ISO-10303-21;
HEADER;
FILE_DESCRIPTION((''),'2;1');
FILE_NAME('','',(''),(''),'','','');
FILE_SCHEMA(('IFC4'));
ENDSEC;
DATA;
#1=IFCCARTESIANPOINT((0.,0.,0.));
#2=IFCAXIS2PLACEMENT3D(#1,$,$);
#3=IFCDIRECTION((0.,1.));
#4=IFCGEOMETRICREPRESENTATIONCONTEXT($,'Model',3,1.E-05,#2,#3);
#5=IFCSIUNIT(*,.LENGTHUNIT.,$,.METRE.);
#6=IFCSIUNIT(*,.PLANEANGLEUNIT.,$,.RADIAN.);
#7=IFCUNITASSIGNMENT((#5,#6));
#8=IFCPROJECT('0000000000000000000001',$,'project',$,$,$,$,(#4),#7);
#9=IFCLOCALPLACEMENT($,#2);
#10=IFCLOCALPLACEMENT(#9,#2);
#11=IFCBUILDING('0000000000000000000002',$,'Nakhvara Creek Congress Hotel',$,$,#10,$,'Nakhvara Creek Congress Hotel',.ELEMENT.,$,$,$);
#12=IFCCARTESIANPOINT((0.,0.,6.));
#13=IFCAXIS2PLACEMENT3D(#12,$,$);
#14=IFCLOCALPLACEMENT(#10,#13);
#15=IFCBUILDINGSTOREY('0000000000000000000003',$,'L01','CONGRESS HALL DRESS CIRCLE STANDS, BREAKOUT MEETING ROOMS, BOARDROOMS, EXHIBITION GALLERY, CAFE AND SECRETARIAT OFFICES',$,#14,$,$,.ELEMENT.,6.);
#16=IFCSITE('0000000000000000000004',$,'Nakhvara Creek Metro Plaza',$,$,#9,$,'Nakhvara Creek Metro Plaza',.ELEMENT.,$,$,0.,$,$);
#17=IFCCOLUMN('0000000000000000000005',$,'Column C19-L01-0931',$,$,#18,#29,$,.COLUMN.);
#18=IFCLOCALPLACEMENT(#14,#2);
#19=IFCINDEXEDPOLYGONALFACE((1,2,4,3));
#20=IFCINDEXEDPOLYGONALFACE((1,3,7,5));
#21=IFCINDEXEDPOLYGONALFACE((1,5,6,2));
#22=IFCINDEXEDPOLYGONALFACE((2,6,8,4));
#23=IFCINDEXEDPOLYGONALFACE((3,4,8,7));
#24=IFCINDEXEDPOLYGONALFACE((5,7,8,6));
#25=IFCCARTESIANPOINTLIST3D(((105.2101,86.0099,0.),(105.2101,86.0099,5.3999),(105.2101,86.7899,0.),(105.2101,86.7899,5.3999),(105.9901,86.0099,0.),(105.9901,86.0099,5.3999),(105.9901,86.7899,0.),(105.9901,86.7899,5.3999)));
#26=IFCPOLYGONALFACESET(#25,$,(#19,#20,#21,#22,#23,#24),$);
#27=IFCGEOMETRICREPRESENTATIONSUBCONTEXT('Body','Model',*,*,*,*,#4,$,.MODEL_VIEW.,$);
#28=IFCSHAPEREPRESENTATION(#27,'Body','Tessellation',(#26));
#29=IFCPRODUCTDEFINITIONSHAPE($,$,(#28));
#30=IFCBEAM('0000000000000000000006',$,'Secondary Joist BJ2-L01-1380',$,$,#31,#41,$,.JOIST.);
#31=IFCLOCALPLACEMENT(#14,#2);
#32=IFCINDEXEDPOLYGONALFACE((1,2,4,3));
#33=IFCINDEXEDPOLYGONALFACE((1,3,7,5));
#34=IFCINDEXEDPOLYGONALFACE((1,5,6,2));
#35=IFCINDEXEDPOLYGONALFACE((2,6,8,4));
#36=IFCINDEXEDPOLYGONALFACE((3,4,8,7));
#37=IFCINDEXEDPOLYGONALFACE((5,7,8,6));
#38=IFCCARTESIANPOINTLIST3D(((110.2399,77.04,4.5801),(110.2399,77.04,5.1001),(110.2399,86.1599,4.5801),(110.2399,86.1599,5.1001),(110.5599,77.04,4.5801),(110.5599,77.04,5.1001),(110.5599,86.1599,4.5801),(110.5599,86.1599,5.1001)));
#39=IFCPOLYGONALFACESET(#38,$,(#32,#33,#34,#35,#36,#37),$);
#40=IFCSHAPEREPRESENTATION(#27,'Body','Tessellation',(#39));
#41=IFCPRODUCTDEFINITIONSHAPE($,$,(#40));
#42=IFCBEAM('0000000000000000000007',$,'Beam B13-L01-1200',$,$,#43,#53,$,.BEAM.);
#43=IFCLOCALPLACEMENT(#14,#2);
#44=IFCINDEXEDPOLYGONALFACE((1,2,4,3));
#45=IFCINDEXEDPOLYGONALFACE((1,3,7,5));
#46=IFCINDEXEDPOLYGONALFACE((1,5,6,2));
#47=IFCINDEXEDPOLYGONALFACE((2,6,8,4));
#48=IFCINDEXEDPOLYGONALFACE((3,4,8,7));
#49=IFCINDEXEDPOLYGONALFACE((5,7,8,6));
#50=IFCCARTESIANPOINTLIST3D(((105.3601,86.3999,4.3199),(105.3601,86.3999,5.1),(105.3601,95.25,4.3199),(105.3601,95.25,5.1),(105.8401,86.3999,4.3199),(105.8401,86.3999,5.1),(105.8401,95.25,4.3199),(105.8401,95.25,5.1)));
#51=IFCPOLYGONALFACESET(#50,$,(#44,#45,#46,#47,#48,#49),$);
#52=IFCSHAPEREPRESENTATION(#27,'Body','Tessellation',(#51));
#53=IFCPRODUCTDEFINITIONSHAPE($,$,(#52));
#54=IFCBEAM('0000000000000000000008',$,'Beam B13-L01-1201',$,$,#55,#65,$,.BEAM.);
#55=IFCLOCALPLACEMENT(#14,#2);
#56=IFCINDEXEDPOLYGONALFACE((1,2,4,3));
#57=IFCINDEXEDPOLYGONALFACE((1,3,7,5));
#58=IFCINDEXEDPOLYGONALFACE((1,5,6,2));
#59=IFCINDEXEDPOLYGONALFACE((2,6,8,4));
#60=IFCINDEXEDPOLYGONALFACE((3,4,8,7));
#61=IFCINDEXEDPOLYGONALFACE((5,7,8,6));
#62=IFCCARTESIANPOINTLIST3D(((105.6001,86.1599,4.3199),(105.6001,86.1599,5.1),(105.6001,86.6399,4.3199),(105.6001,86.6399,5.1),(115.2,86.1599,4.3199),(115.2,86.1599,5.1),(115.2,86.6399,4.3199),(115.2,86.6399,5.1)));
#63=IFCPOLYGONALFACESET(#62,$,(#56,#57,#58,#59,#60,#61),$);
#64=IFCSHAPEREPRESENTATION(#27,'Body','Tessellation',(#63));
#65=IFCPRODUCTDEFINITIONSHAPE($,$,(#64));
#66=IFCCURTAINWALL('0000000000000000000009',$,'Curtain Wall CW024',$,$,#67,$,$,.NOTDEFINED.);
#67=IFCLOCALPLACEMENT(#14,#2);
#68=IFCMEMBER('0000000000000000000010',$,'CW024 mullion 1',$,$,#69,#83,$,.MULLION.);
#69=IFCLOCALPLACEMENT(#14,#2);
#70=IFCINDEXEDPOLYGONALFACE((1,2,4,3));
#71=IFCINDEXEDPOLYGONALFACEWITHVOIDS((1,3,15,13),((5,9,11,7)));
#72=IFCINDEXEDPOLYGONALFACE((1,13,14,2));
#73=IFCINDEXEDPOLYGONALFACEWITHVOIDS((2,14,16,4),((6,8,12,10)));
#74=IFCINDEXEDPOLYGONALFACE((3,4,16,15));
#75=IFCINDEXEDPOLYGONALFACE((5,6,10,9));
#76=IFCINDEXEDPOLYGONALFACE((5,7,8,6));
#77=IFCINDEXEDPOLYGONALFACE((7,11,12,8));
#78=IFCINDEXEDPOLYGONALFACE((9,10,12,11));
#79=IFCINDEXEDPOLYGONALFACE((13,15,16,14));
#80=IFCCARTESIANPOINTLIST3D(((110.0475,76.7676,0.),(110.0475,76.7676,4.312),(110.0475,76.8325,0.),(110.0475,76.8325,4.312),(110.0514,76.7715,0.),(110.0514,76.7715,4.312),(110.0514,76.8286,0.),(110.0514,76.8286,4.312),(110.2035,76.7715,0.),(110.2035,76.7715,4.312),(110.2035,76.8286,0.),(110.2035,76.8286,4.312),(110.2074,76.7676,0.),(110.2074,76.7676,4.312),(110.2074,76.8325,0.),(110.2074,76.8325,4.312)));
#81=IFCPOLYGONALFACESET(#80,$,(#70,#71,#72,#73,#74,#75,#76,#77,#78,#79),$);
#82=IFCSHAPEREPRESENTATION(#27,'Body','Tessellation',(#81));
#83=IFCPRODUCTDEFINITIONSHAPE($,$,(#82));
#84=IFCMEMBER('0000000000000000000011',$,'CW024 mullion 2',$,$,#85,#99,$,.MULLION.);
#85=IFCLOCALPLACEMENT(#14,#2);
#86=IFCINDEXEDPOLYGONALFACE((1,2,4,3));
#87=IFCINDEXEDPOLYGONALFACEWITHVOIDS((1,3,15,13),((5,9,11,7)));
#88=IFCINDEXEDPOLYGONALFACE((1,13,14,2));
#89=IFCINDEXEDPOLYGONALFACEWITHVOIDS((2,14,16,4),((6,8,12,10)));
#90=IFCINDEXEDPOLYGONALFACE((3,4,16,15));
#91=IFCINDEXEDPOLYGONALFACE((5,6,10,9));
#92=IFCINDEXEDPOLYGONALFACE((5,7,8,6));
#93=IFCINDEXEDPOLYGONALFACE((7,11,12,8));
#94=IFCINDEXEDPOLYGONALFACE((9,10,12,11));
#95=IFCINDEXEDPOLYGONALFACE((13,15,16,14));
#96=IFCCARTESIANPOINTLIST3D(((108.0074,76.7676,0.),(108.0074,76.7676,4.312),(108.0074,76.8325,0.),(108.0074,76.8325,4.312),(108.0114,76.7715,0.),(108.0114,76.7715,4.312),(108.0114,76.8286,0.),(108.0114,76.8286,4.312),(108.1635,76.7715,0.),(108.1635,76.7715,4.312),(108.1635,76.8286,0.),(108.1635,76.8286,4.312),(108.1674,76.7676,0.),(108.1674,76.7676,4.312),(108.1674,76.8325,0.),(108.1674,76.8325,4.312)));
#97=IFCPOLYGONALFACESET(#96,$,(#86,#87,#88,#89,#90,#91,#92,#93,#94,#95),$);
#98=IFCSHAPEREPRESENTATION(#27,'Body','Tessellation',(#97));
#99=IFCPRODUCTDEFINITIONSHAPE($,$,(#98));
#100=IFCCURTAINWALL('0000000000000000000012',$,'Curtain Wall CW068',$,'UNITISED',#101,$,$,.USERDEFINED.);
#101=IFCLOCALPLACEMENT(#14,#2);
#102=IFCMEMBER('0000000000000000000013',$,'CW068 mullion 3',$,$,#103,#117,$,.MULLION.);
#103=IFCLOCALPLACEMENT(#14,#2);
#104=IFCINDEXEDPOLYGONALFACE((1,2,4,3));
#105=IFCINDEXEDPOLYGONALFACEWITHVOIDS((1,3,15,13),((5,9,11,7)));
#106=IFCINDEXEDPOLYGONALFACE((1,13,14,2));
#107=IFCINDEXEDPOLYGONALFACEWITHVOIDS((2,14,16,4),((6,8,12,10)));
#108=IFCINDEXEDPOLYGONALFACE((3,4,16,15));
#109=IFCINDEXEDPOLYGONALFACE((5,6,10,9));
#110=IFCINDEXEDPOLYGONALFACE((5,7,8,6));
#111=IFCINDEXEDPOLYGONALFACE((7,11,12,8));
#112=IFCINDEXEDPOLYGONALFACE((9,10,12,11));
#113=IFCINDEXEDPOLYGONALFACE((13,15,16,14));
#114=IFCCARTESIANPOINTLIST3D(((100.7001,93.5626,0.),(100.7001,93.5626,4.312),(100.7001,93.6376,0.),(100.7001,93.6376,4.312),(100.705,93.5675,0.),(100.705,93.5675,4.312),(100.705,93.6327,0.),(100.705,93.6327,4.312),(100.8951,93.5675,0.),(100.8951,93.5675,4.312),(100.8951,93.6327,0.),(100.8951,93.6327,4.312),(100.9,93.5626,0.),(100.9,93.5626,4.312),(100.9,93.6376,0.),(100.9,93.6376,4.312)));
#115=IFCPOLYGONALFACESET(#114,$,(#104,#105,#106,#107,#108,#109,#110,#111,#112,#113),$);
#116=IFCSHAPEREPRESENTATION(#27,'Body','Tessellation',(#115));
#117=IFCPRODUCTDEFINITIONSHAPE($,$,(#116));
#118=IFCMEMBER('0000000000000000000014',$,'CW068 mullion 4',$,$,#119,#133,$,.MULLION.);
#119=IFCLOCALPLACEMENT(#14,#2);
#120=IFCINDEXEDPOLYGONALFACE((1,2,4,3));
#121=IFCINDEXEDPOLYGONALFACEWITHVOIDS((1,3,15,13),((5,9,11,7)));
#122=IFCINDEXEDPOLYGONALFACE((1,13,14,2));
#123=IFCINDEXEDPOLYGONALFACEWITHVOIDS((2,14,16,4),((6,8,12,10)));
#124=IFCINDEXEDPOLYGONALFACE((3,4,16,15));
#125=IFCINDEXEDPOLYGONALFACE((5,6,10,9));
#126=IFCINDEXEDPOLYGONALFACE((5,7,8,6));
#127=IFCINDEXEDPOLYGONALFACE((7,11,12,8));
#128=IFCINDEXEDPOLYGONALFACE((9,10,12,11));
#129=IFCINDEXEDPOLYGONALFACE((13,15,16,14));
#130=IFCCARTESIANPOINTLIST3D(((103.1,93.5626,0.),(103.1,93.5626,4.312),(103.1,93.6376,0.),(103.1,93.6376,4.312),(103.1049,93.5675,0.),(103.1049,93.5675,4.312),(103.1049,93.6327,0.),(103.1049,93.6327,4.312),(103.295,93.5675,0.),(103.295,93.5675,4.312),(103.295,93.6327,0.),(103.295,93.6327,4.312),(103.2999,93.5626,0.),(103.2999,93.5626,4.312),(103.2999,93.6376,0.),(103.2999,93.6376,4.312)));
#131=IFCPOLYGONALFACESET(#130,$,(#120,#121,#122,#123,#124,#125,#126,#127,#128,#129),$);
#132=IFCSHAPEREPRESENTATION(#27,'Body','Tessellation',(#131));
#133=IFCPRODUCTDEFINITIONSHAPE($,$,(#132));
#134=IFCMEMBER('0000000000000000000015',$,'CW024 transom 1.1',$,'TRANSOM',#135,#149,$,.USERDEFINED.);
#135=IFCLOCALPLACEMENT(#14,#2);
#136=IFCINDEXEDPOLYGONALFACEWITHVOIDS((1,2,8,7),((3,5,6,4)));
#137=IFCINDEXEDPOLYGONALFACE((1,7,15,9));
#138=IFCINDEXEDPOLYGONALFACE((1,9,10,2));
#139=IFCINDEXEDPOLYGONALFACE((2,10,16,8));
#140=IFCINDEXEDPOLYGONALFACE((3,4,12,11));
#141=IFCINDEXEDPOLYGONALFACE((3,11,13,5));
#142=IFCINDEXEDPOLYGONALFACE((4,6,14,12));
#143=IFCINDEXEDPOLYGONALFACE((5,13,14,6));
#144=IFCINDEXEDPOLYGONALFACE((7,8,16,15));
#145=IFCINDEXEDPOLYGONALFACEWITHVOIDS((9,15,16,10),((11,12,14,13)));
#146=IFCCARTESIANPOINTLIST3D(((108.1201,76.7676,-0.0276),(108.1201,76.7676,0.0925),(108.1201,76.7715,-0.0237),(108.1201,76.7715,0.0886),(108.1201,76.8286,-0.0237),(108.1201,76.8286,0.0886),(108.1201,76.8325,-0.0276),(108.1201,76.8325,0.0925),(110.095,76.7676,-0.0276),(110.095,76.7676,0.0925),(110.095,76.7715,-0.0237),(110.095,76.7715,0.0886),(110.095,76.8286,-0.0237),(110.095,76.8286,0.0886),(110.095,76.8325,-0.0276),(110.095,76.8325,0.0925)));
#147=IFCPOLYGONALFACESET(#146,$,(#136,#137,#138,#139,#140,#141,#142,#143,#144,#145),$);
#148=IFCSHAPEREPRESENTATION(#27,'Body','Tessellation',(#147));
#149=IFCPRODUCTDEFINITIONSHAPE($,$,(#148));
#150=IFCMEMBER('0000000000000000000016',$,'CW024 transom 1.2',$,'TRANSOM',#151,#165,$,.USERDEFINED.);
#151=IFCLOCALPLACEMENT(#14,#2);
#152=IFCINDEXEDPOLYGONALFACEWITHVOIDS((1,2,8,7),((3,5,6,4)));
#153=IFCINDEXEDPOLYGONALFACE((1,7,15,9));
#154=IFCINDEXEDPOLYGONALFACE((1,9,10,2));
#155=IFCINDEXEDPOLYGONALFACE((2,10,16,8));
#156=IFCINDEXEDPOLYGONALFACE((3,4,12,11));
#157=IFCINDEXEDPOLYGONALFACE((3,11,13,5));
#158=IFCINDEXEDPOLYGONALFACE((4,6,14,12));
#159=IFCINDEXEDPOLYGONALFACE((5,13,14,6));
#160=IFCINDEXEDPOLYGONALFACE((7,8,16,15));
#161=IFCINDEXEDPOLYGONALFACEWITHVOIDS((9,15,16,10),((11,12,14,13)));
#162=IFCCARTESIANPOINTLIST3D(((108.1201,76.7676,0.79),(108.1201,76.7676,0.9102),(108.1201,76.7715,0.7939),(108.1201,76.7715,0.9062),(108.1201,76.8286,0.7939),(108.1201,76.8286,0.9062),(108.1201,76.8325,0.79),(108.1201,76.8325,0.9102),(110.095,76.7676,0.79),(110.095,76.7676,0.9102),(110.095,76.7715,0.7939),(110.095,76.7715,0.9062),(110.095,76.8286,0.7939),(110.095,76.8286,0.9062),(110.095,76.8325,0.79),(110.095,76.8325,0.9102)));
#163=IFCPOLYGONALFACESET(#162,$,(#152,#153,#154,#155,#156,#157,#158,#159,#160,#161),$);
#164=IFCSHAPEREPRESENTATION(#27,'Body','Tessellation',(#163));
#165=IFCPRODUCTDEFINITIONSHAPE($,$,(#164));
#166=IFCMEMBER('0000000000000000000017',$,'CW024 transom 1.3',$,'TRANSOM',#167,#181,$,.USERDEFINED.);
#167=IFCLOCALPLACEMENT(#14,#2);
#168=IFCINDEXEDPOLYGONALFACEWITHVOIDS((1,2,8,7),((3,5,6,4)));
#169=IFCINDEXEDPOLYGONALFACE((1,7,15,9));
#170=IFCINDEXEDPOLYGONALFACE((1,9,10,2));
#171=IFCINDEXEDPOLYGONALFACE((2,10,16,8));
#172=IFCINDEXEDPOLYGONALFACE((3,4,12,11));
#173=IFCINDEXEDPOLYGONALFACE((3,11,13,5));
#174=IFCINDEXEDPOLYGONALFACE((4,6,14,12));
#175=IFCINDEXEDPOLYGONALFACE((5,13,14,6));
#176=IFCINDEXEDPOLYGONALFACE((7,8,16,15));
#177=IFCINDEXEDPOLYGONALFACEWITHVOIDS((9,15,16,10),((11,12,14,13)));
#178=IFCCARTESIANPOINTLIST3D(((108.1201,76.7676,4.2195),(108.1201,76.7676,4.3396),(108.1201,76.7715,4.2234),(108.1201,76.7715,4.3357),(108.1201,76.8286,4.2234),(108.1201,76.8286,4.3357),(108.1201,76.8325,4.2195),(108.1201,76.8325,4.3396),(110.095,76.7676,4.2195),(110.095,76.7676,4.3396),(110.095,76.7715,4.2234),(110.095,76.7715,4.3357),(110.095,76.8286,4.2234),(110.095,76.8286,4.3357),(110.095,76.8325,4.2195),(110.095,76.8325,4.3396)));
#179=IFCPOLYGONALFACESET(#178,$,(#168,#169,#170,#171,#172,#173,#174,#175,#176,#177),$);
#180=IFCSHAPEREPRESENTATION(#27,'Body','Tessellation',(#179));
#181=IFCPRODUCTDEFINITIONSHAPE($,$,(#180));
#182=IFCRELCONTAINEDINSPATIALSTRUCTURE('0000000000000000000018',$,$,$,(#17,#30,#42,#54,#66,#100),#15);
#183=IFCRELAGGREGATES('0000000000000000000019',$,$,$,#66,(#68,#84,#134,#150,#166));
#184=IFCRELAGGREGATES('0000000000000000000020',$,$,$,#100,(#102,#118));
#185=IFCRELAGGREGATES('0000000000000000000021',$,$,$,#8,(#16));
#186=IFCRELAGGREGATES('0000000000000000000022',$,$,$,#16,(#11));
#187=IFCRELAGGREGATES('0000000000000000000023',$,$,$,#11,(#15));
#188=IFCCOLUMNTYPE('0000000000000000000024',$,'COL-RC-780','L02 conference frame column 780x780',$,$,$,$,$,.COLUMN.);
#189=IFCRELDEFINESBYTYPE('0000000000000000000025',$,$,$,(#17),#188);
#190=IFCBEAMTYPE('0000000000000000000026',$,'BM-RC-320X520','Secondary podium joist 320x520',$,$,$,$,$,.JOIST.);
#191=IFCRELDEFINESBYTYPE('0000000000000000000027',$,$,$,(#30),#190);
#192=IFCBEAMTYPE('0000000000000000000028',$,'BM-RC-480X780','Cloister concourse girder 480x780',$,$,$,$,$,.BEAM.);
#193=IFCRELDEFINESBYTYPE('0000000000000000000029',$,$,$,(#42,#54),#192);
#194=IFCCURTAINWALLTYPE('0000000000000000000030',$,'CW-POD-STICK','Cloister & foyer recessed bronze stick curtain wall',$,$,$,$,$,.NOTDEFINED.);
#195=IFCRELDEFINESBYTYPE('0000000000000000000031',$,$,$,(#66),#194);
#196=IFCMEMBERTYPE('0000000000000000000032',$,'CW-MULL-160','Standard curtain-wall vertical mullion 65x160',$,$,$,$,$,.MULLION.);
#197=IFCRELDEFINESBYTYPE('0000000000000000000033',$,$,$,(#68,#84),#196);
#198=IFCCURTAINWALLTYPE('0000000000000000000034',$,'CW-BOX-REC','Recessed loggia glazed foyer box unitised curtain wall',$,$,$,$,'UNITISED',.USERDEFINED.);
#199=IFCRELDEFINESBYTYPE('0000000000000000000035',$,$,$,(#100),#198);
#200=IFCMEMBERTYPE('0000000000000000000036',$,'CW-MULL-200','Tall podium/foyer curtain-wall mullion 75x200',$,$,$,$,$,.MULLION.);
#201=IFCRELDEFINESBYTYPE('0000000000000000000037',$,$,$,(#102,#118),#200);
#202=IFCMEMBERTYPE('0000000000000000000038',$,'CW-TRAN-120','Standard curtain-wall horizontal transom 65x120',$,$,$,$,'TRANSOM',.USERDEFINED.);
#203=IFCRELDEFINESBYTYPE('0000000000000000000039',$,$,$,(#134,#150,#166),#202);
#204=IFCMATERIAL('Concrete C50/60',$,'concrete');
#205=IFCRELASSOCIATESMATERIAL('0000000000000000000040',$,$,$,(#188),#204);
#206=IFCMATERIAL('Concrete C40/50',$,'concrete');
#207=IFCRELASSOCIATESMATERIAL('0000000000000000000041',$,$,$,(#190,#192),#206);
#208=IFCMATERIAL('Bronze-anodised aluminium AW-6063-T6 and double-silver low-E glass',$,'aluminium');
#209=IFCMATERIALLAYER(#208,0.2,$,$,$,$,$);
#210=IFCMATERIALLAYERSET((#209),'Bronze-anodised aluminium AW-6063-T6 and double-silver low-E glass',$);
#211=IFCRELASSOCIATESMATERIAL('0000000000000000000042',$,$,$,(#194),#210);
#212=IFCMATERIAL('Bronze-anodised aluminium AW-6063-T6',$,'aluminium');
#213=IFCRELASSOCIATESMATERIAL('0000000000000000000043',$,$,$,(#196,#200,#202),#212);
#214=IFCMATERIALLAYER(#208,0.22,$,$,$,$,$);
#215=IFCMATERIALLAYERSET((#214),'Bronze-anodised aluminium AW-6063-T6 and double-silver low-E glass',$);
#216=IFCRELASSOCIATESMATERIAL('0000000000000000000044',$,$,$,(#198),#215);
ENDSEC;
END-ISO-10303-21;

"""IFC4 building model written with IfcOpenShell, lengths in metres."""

from ifc_helpers import new_model, si_unit, direction, frame, origin, origin_2d, place, context, subcontext, project, spatial, rectangle, hollow_rectangle, extrude, material, layer, layer_set, material_profile, profile_set, type_object, element, aggregate, save


model = new_model("IFC4")

# Units and contexts
model_context = context("Model", 3, precision=1e-05, world=origin(), true_north=direction((0.0, 1.0)))
body_context = subcontext(model_context, "Body", "Model", "MODEL_VIEW")
ifc_project = project(units=[si_unit("LENGTHUNIT", "METRE"), si_unit("PLANEANGLEUNIT", "RADIAN")], contexts=[model_context])

# Site, building, storey
site_placement = place(None, origin())
site = spatial("IfcSite", under=ifc_project, at=site_placement, Name="Nakhvara Creek Metro Plaza", LongName="Nakhvara Creek Metro Plaza", CompositionType="ELEMENT", RefElevation=0.0)
building_placement = place(site_placement, origin())
building = spatial("IfcBuilding", under=site, at=building_placement, Name="Nakhvara Creek Congress Hotel", LongName="Nakhvara Creek Congress Hotel", CompositionType="ELEMENT")
storey_placement = place(building_placement, frame((0.0, 0.0, 6.0)))
storey = spatial("IfcBuildingStorey", under=building, at=storey_placement, Name="L01", Description="CONGRESS HALL DRESS CIRCLE STANDS, BREAKOUT MEETING ROOMS, BOARDROOMS, EXHIBITION GALLERY, CAFE AND SECRETARIAT OFFICES", CompositionType="ELEMENT", Elevation=6.0)

# Column
ifc_material_1 = material(Name="Concrete C50/60", Category="concrete")
ifc_material_profile_1 = material_profile(ifc_material_1, rectangle(XDim=0.78, YDim=0.78, at=origin_2d()), Name="RC-COL 780x780", Category="LoadBearing")
ifc_profile_set_1 = profile_set([ifc_material_profile_1], Name="Concrete C50/60")
column_type = type_object("IfcColumnType", Name="COL-RC-780", Description="L02 conference frame column 780x780", PredefinedType="COLUMN", material=ifc_profile_set_1)
column_placement = place(storey_placement, frame((105.6001, 86.3999, 0.0), z_axis=(0.0, 0.0, 1.0), x_axis=(1.0, 0.0, 0.0)))
element("IfcColumn", 1, at=column_placement, inside=storey, type_object=column_type, Name="Column C19-L01-0931", PredefinedType="COLUMN", context=body_context, shape_type="SweptSolid", body=[
    extrude(rectangle(XDim=0.78, YDim=0.78, at=origin_2d()), origin(), (0.0, 0.0, 1.0), 5.3999),
])

# Beams
ifc_material_2 = material(Name="Concrete C40/50", Category="concrete")
ifc_material_profile_2 = material_profile(ifc_material_2, rectangle(XDim=0.3201, YDim=0.52, at=origin_2d()), Name="RC-BM 320x520", Category="LoadBearing")
ifc_profile_set_2 = profile_set([ifc_material_profile_2], Name="Concrete C40/50")
beam_type_1 = type_object("IfcBeamType", Name="BM-RC-320X520", Description="Secondary podium joist 320x520", PredefinedType="JOIST", material=ifc_profile_set_2)
beam_1_placement = place(storey_placement, frame((110.3999, 77.04, 4.8401), z_axis=(0.0, 1.0, 0.0), x_axis=(-1.0, 0.0, 0.0)))
element("IfcBeam", 2, at=beam_1_placement, inside=storey, type_object=beam_type_1, Name="Secondary Joist BJ2-L01-1380", PredefinedType="JOIST", context=body_context, shape_type="SweptSolid", body=[
    extrude(rectangle(XDim=0.3201, YDim=0.52, at=origin_2d()), origin(), (0.0, 0.0, 1.0), 9.1199),
])
ifc_material_profile_3 = material_profile(ifc_material_2, rectangle(XDim=0.48, YDim=0.78, at=origin_2d()), Name="RC-BM 480x780", Category="LoadBearing")
ifc_profile_set_3 = profile_set([ifc_material_profile_3], Name="Concrete C40/50")
beam_type_2 = type_object("IfcBeamType", Name="BM-RC-480X780", Description="Cloister concourse girder 480x780", PredefinedType="BEAM", material=ifc_profile_set_3)
beam_2_placement = place(storey_placement, frame((105.6001, 86.3999, 4.71), z_axis=(0.0, 1.0, 0.0), x_axis=(-1.0, 0.0, 0.0)))
element("IfcBeam", 3, at=beam_2_placement, inside=storey, type_object=beam_type_2, Name="Beam B13-L01-1200", PredefinedType="BEAM", context=body_context, shape_type="SweptSolid", body=[
    extrude(rectangle(XDim=0.48, YDim=0.78, at=origin_2d()), origin(), (0.0, 0.0, 1.0), 8.8501),
])
beam_3_placement = place(storey_placement, frame((105.6001, 86.3999, 4.71), z_axis=(1.0, 0.0, 0.0), x_axis=(0.0, 1.0, 0.0)))
element("IfcBeam", 4, at=beam_3_placement, inside=storey, type_object=beam_type_2, Name="Beam B13-L01-1201", PredefinedType="BEAM", context=body_context, shape_type="SweptSolid", body=[
    extrude(rectangle(XDim=0.48, YDim=0.78, at=origin_2d()), origin(), (0.0, 0.0, 1.0), 9.5999),
])

# Curtain walls, members
ifc_material_3 = material(Name="Bronze-anodised aluminium AW-6063-T6 and double-silver low-E glass", Category="aluminium")
ifc_layer_1 = layer(ifc_material_3, 0.2)
ifc_layer_set_1 = layer_set([ifc_layer_1], Name="Bronze-anodised aluminium AW-6063-T6 and double-silver low-E glass")
curtain_wall_type_1 = type_object("IfcCurtainWallType", Name="CW-POD-STICK", Description="Cloister & foyer recessed bronze stick curtain wall", PredefinedType="NOTDEFINED", material=ifc_layer_set_1)
curtain_wall_1_placement = place(storey_placement, origin())
curtain_wall_1 = element("IfcCurtainWall", 5, at=curtain_wall_1_placement, inside=storey, type_object=curtain_wall_type_1, Name="Curtain Wall CW024", PredefinedType="NOTDEFINED")
ifc_material_4 = material(Name="Bronze-anodised aluminium AW-6063-T6", Category="aluminium")
ifc_material_profile_4 = material_profile(ifc_material_4, hollow_rectangle(XDim=0.0649, YDim=0.1599, WallThickness=0.0039, at=origin_2d()), Name="ALU-MULL 65x160x4", Category="LoadBearing")
ifc_profile_set_4 = profile_set([ifc_material_profile_4], Name="Bronze-anodised aluminium AW-6063-T6")
member_type_1 = type_object("IfcMemberType", Name="CW-MULL-160", Description="Standard curtain-wall vertical mullion 65x160", PredefinedType="MULLION", material=ifc_profile_set_4)
member_1_placement = place(storey_placement, frame((110.1274, 76.8, 0.0), z_axis=(0.0, 0.0, 1.0), x_axis=(0.0, -1.0, 0.0)))
member_1 = element("IfcMember", 6, at=member_1_placement, type_object=member_type_1, Name="CW024 mullion 1", PredefinedType="MULLION", context=body_context, shape_type="SweptSolid", body=[
    extrude(hollow_rectangle(XDim=0.0649, YDim=0.1599, WallThickness=0.0039, at=origin_2d()), origin(), (0.0, 0.0, 1.0), 4.312),
])
member_2_placement = place(storey_placement, frame((108.0874, 76.8, 0.0), z_axis=(0.0, 0.0, 1.0), x_axis=(0.0, -1.0, 0.0)))
member_2 = element("IfcMember", 7, at=member_2_placement, type_object=member_type_1, Name="CW024 mullion 2", PredefinedType="MULLION", context=body_context, shape_type="SweptSolid", body=[
    extrude(hollow_rectangle(XDim=0.0649, YDim=0.1599, WallThickness=0.0039, at=origin_2d()), origin(), (0.0, 0.0, 1.0), 4.312),
])
ifc_layer_2 = layer(ifc_material_3, 0.22)
ifc_layer_set_2 = layer_set([ifc_layer_2], Name="Bronze-anodised aluminium AW-6063-T6 and double-silver low-E glass")
curtain_wall_type_2 = type_object("IfcCurtainWallType", Name="CW-BOX-REC", Description="Recessed loggia glazed foyer box unitised curtain wall", ElementType="UNITISED", PredefinedType="USERDEFINED", material=ifc_layer_set_2)
curtain_wall_2_placement = place(storey_placement, origin())
curtain_wall_2 = element("IfcCurtainWall", 8, at=curtain_wall_2_placement, inside=storey, type_object=curtain_wall_type_2, Name="Curtain Wall CW068", ObjectType="UNITISED", PredefinedType="USERDEFINED")
ifc_material_profile_5 = material_profile(ifc_material_4, hollow_rectangle(XDim=0.075, YDim=0.2, WallThickness=0.0049, at=origin_2d()), Name="ALU-MULL 75x200x5", Category="LoadBearing")
ifc_profile_set_5 = profile_set([ifc_material_profile_5], Name="Bronze-anodised aluminium AW-6063-T6")
member_type_2 = type_object("IfcMemberType", Name="CW-MULL-200", Description="Tall podium/foyer curtain-wall mullion 75x200", PredefinedType="MULLION", material=ifc_profile_set_5)
member_3_placement = place(storey_placement, frame((100.8, 93.6001, 0.0), z_axis=(0.0, 0.0, 1.0), x_axis=(0.0, 1.0, 0.0)))
member_3 = element("IfcMember", 9, at=member_3_placement, type_object=member_type_2, Name="CW068 mullion 3", PredefinedType="MULLION", context=body_context, shape_type="SweptSolid", body=[
    extrude(hollow_rectangle(XDim=0.075, YDim=0.2, WallThickness=0.0049, at=origin_2d()), origin(), (0.0, 0.0, 1.0), 4.312),
])
member_4_placement = place(storey_placement, frame((103.2, 93.6001, 0.0), z_axis=(0.0, 0.0, 1.0), x_axis=(0.0, 1.0, 0.0)))
member_4 = element("IfcMember", 10, at=member_4_placement, type_object=member_type_2, Name="CW068 mullion 4", PredefinedType="MULLION", context=body_context, shape_type="SweptSolid", body=[
    extrude(hollow_rectangle(XDim=0.075, YDim=0.2, WallThickness=0.0049, at=origin_2d()), origin(), (0.0, 0.0, 1.0), 4.312),
])

# Members
ifc_material_profile_6 = material_profile(ifc_material_4, hollow_rectangle(XDim=0.0649, YDim=0.1201, WallThickness=0.0039, at=origin_2d()), Name="ALU-TRAN 65x120x4", Category="LoadBearing")
ifc_profile_set_6 = profile_set([ifc_material_profile_6], Name="Bronze-anodised aluminium AW-6063-T6")
member_type_3 = type_object("IfcMemberType", Name="CW-TRAN-120", Description="Standard curtain-wall horizontal transom 65x120", ElementType="TRANSOM", PredefinedType="USERDEFINED", material=ifc_profile_set_6)
member_5_placement = place(storey_placement, frame((110.095, 76.8, 0.0325), z_axis=(-1.0, 0.0, 0.0), x_axis=(0.0, -1.0, 0.0)))
member_5 = element("IfcMember", 11, at=member_5_placement, type_object=member_type_3, Name="CW024 transom 1.1", ObjectType="TRANSOM", PredefinedType="USERDEFINED", context=body_context, shape_type="SweptSolid", body=[
    extrude(hollow_rectangle(XDim=0.0649, YDim=0.1201, WallThickness=0.0039, at=origin_2d()), origin(), (0.0, 0.0, 1.0), 1.9749),
])
member_6_placement = place(storey_placement, frame((110.095, 76.8, 0.8501), z_axis=(-1.0, 0.0, 0.0), x_axis=(0.0, -1.0, 0.0)))
member_6 = element("IfcMember", 12, at=member_6_placement, type_object=member_type_3, Name="CW024 transom 1.2", ObjectType="TRANSOM", PredefinedType="USERDEFINED", context=body_context, shape_type="SweptSolid", body=[
    extrude(hollow_rectangle(XDim=0.0649, YDim=0.1201, WallThickness=0.0039, at=origin_2d()), origin(), (0.0, 0.0, 1.0), 1.9749),
])
member_7_placement = place(storey_placement, frame((110.095, 76.8, 4.2795), z_axis=(-1.0, 0.0, 0.0), x_axis=(0.0, -1.0, 0.0)))
member_7 = element("IfcMember", 13, at=member_7_placement, type_object=member_type_3, Name="CW024 transom 1.3", ObjectType="TRANSOM", PredefinedType="USERDEFINED", context=body_context, shape_type="SweptSolid", body=[
    extrude(hollow_rectangle(XDim=0.0649, YDim=0.1201, WallThickness=0.0039, at=origin_2d()), origin(), (0.0, 0.0, 1.0), 1.9749),
])

aggregate(curtain_wall_1, [member_1, member_2, member_5, member_6, member_7])
aggregate(curtain_wall_2, [member_3, member_4])

save(model, "model.ifc")
